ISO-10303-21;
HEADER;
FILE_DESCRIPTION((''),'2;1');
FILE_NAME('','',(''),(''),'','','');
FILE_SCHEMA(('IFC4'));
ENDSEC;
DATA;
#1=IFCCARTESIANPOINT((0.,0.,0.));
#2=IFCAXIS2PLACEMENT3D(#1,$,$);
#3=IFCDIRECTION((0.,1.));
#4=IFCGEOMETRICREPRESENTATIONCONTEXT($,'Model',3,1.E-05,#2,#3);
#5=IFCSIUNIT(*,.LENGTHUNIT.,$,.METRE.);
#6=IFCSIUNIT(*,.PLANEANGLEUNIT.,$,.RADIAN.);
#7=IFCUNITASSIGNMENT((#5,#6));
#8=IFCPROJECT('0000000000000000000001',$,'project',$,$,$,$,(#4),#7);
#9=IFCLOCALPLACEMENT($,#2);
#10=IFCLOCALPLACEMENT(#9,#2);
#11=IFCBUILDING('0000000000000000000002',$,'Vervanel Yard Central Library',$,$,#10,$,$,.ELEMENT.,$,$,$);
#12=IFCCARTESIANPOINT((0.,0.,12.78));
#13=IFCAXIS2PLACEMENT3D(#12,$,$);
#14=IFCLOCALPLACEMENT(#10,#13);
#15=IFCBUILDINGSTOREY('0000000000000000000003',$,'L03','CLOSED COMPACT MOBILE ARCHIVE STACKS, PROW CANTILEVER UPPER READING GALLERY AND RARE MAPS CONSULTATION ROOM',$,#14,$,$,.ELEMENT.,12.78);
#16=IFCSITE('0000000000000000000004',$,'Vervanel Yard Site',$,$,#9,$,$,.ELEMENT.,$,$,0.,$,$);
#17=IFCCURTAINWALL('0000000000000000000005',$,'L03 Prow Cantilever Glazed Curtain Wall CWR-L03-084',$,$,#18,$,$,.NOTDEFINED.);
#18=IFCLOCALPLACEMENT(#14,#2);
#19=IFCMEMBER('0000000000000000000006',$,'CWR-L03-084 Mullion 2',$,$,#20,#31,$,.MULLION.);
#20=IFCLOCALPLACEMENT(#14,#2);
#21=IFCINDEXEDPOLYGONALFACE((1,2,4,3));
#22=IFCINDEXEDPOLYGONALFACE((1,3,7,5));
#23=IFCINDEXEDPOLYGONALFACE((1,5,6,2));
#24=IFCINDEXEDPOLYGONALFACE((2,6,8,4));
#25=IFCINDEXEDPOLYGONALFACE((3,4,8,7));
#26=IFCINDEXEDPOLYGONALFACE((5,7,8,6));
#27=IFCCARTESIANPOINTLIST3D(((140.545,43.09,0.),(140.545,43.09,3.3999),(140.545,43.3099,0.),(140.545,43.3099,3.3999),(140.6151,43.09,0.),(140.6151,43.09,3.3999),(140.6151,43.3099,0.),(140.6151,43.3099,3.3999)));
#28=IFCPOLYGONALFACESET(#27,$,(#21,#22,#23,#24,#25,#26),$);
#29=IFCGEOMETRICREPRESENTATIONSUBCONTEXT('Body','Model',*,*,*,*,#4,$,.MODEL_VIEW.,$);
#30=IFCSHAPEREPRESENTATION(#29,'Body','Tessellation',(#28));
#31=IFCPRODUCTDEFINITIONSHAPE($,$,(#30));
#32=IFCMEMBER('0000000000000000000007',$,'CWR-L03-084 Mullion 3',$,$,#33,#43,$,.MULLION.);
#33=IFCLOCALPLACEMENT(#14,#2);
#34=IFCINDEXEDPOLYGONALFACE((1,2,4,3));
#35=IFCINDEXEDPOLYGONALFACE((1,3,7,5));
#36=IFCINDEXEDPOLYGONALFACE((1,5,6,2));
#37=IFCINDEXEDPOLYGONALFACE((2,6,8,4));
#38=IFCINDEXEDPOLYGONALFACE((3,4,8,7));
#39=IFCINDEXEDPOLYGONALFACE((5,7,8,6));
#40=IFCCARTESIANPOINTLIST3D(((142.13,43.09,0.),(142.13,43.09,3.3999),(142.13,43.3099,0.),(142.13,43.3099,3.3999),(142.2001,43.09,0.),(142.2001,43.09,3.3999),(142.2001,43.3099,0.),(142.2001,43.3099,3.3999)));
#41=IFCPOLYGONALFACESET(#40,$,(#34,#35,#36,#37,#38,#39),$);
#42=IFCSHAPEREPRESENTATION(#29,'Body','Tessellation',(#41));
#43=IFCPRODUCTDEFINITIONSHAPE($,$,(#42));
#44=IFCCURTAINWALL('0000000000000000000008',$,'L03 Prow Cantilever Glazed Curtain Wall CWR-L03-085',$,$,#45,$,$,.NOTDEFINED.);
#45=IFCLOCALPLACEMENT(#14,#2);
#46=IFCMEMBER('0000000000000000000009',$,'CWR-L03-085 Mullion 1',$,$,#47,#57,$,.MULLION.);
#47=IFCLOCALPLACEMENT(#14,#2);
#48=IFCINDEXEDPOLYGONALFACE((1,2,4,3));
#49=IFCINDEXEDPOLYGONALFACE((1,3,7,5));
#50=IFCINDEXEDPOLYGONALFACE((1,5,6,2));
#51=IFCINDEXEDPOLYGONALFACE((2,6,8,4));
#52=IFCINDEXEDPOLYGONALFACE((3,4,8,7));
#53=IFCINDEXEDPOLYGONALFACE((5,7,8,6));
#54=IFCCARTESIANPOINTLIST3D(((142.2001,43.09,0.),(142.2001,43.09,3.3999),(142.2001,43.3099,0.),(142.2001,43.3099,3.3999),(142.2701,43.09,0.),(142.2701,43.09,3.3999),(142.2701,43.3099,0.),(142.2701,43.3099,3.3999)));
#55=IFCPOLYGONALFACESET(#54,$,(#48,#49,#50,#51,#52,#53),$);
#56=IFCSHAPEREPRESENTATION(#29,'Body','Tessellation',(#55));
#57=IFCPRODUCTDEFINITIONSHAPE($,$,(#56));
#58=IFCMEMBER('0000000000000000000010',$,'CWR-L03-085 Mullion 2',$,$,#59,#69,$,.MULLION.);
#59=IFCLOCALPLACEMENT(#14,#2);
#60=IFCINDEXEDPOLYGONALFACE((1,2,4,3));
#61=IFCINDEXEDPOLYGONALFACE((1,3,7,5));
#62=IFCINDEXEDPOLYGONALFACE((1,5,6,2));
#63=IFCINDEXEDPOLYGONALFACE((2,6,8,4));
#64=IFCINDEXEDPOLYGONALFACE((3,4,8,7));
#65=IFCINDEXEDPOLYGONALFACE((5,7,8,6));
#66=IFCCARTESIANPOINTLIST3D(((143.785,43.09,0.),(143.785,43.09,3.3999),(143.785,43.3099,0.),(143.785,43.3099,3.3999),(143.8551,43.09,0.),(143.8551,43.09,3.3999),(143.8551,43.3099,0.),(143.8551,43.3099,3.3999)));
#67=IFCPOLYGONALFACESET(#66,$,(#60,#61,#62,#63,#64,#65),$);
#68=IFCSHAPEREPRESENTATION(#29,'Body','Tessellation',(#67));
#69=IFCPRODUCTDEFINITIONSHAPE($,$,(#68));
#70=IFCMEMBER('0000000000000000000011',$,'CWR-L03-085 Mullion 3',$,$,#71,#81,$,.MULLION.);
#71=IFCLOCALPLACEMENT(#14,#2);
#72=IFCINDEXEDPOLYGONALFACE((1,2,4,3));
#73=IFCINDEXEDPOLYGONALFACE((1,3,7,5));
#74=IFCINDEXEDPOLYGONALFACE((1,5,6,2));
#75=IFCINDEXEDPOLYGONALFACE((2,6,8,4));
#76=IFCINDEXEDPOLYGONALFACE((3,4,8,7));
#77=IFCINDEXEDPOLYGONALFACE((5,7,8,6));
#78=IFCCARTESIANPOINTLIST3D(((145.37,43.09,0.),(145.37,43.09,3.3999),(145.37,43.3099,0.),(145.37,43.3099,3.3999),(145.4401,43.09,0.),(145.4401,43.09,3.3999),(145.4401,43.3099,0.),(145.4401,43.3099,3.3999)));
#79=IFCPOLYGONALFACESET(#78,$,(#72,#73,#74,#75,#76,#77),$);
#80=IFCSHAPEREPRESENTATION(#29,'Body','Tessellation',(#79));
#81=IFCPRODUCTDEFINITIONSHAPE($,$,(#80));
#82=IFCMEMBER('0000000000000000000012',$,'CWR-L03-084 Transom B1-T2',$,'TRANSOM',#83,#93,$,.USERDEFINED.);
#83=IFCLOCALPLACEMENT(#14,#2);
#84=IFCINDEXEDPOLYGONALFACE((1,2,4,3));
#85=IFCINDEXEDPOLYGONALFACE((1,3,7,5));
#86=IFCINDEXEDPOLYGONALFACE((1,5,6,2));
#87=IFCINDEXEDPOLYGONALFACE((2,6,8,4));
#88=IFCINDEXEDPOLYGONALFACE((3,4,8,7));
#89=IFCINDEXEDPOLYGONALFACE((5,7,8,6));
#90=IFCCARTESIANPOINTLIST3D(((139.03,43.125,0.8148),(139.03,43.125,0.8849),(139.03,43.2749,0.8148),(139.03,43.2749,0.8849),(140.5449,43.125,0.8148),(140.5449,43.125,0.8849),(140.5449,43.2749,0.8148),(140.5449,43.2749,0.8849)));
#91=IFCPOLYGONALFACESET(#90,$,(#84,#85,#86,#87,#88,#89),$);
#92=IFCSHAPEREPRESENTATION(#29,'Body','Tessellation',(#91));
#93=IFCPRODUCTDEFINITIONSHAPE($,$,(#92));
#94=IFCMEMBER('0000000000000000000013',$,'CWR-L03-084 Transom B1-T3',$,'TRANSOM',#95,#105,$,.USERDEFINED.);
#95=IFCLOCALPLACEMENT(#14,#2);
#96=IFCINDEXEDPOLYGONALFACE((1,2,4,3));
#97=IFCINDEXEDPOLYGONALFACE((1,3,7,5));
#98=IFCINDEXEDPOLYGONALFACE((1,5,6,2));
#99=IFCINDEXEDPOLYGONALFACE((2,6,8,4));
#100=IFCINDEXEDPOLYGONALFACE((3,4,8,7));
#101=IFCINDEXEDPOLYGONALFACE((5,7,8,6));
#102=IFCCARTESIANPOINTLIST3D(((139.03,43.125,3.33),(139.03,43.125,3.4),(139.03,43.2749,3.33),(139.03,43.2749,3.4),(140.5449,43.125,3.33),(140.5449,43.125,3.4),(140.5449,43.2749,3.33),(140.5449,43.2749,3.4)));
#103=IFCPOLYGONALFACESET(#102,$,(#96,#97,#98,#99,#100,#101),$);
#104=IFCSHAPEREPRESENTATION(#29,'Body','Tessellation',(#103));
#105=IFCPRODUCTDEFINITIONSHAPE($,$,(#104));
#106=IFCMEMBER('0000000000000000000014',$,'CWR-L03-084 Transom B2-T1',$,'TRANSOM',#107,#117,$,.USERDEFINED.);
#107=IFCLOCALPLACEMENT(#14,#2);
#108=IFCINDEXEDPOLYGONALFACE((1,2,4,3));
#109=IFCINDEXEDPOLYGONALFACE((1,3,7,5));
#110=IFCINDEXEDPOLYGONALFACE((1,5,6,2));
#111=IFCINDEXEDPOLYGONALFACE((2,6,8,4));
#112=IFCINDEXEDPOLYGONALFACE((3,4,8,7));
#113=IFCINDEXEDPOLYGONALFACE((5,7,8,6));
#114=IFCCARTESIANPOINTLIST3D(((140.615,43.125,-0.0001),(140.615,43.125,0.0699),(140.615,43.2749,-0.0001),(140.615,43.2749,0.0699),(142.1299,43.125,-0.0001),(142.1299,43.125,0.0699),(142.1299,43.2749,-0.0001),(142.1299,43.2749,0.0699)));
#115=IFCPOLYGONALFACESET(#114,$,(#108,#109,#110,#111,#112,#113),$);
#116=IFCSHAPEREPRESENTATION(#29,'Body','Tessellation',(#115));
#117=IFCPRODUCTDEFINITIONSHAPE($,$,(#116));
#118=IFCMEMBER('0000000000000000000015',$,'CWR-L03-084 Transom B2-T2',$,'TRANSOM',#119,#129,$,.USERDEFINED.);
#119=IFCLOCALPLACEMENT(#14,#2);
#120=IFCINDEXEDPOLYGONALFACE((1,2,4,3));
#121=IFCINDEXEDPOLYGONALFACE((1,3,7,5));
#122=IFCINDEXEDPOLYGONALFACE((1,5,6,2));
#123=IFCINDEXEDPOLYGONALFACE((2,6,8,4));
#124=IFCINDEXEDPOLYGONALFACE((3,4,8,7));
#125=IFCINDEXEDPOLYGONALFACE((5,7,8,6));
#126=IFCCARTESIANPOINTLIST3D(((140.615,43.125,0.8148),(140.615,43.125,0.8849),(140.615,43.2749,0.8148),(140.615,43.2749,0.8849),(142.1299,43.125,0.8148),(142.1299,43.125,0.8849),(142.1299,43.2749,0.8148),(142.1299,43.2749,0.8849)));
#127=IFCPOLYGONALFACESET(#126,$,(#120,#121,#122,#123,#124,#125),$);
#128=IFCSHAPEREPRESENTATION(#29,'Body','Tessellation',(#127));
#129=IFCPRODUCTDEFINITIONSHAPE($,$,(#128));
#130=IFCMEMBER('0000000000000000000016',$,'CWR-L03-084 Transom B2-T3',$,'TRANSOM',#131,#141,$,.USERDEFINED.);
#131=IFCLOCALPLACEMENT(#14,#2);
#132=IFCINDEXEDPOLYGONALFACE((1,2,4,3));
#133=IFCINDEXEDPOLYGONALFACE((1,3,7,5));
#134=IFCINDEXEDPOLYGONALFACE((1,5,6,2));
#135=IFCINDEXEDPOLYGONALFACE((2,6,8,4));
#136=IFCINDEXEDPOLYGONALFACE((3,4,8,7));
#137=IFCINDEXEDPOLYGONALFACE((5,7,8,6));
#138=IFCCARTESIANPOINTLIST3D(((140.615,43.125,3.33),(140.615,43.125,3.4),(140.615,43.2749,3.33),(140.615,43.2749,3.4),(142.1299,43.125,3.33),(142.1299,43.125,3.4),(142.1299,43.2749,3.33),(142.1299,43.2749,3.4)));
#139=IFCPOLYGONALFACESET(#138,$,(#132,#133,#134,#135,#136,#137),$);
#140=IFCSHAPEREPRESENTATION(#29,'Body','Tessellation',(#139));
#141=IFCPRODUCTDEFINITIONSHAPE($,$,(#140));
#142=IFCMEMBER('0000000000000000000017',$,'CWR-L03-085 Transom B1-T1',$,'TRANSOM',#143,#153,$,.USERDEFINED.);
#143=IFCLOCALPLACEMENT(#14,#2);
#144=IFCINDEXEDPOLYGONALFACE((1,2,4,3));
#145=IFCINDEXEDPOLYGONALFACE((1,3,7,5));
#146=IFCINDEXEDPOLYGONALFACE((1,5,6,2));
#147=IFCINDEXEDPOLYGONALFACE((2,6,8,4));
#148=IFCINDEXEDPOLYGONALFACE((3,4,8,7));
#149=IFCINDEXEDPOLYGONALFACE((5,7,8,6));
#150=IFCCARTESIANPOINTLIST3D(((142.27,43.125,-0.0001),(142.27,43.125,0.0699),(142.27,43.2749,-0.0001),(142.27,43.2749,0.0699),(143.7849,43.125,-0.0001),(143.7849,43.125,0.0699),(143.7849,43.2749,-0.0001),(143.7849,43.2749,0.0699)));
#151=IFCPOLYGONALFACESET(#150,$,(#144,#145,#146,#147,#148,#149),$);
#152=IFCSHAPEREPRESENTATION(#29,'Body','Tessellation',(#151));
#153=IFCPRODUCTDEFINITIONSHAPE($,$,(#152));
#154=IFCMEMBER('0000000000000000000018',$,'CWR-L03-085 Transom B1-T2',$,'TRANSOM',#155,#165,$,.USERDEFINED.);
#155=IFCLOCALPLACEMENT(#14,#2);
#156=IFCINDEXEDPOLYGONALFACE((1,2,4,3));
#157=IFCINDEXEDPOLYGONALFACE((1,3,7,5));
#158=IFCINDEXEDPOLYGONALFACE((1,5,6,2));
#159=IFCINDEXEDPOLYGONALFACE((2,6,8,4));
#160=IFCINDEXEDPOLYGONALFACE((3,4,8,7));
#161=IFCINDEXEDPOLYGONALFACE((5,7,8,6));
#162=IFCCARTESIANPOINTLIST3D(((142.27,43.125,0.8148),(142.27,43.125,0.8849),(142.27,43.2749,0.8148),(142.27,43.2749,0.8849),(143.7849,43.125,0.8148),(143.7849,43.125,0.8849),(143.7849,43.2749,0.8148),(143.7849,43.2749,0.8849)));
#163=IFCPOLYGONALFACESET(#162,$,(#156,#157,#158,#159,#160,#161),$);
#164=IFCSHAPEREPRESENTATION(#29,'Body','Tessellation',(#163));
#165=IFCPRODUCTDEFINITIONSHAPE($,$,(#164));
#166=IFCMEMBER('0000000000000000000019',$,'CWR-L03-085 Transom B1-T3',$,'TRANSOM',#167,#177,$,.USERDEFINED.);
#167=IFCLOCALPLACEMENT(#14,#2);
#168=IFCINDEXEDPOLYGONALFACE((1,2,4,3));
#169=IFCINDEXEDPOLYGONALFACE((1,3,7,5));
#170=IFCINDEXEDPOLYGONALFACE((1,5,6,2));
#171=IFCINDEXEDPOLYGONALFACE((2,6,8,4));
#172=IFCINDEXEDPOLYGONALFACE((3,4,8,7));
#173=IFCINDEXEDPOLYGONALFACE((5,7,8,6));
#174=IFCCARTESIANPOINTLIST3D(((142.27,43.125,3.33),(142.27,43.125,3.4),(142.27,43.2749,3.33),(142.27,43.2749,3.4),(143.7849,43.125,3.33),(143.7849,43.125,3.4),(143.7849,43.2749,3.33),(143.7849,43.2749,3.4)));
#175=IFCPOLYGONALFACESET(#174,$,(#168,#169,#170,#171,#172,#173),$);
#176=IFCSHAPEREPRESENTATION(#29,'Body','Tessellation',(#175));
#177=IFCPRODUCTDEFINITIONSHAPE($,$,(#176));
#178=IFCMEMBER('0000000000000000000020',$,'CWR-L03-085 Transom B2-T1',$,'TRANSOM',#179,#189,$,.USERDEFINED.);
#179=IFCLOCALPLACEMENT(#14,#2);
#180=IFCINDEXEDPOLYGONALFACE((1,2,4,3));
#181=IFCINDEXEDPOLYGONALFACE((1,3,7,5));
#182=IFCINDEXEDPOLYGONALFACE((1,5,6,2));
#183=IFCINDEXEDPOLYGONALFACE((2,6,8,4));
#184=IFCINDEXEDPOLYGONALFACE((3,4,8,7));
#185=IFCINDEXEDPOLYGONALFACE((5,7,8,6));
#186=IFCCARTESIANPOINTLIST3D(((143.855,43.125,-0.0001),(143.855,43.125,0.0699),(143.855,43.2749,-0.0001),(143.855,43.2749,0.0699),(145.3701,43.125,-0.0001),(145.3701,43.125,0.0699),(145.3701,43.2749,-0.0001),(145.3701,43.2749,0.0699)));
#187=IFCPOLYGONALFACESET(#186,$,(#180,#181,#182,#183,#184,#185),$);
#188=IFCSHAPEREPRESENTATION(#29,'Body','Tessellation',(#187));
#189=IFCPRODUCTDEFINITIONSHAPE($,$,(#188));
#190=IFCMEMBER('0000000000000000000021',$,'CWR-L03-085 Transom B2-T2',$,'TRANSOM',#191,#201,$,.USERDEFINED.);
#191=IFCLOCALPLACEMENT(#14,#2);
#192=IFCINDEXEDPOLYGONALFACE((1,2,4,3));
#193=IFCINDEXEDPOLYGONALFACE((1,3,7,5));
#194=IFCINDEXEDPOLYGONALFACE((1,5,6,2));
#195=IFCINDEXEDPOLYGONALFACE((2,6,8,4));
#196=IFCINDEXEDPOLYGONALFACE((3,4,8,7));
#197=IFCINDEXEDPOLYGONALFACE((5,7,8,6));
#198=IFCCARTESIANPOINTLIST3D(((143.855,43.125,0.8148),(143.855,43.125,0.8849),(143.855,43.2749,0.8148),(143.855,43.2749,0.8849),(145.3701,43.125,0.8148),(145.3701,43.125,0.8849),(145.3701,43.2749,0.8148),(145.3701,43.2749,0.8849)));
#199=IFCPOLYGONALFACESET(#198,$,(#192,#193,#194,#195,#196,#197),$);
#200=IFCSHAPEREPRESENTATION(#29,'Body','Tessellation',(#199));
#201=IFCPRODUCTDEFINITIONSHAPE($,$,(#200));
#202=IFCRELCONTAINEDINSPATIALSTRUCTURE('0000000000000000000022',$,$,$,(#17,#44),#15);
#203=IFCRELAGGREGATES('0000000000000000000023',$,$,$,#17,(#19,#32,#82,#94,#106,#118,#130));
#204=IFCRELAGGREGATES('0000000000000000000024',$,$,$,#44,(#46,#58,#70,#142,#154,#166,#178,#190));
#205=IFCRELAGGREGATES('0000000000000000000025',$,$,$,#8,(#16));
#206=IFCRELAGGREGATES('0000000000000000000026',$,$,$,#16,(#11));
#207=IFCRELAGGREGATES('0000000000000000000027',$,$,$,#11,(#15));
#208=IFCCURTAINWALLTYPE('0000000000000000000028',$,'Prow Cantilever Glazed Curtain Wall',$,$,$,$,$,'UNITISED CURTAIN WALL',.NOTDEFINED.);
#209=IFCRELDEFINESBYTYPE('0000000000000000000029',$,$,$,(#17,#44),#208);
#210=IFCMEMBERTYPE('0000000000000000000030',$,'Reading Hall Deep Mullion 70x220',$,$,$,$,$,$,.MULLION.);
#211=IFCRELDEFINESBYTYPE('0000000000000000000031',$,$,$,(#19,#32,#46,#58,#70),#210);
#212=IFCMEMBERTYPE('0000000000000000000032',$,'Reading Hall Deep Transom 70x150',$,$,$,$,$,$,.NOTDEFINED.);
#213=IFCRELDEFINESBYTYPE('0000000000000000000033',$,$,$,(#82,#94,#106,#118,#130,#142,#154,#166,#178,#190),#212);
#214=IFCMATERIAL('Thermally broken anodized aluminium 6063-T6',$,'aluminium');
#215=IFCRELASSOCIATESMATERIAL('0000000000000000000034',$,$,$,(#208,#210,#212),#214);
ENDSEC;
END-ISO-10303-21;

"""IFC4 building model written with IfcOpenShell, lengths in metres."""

from ifc_helpers import new_model, si_unit, direction, frame, origin, origin_2d, place, context, subcontext, project, spatial, rectangle, extrude, material, material_profile, profile_set, type_object, element, aggregate, save


model = new_model("IFC4")

# Units and contexts
model_context = context("Model", 3, precision=1e-05, world=origin(), true_north=direction((0.0, 1.0)))
body_context = subcontext(model_context, "Body", "Model", "MODEL_VIEW")
ifc_project = project(units=[si_unit("LENGTHUNIT", "METRE"), si_unit("PLANEANGLEUNIT", "RADIAN")], contexts=[model_context])

# Site, building, storey
site_placement = place(None, origin())
site = spatial("IfcSite", under=ifc_project, at=site_placement, Name="Vervanel Yard Site", CompositionType="ELEMENT", RefElevation=0.0)
building_placement = place(site_placement, origin())
building = spatial("IfcBuilding", under=site, at=building_placement, Name="Vervanel Yard Central Library", CompositionType="ELEMENT")
storey_placement = place(building_placement, frame((0.0, 0.0, 12.78)))
storey = spatial("IfcBuildingStorey", under=building, at=storey_placement, Name="L03", Description="CLOSED COMPACT MOBILE ARCHIVE STACKS, PROW CANTILEVER UPPER READING GALLERY AND RARE MAPS CONSULTATION ROOM", CompositionType="ELEMENT", Elevation=12.78)

# Curtain walls, members
ifc_material_1 = material(Name="Thermally broken anodized aluminium 6063-T6", Category="aluminium")
curtain_wall_type = type_object("IfcCurtainWallType", Name="Prow Cantilever Glazed Curtain Wall", ElementType="UNITISED CURTAIN WALL", PredefinedType="NOTDEFINED", material=ifc_material_1)
curtain_wall_1_placement = place(storey_placement, origin())
curtain_wall_1 = element("IfcCurtainWall", 1, at=curtain_wall_1_placement, inside=storey, type_object=curtain_wall_type, Name="L03 Prow Cantilever Glazed Curtain Wall CWR-L03-084", PredefinedType="NOTDEFINED")
ifc_material_profile_1 = material_profile(ifc_material_1, rectangle(XDim=0.0701, YDim=0.22, at=origin_2d()), Name="ALU 70x220", Category="aluminium")
ifc_profile_set_1 = profile_set([ifc_material_profile_1], Name="Thermally broken anodized aluminium 6063-T6")
member_type_1 = type_object("IfcMemberType", Name="Reading Hall Deep Mullion 70x220", PredefinedType="MULLION", material=ifc_profile_set_1)
member_1_placement = place(storey_placement, frame((140.5801, 43.2, 0.0), z_axis=(0.0, 0.0, 1.0), x_axis=(1.0, 0.0, 0.0)))
member_1 = element("IfcMember", 2, at=member_1_placement, type_object=member_type_1, Name="CWR-L03-084 Mullion 2", PredefinedType="MULLION", context=body_context, shape_type="SweptSolid", body=[
    extrude(rectangle(XDim=0.0701, YDim=0.22, at=origin_2d()), origin(), (0.0, 0.0, 1.0), 3.3999),
])
member_2_placement = place(storey_placement, frame((142.165, 43.2, 0.0), z_axis=(0.0, 0.0, 1.0), x_axis=(1.0, 0.0, 0.0)))
member_2 = element("IfcMember", 3, at=member_2_placement, type_object=member_type_1, Name="CWR-L03-084 Mullion 3", PredefinedType="MULLION", context=body_context, shape_type="SweptSolid", body=[
    extrude(rectangle(XDim=0.0701, YDim=0.22, at=origin_2d()), origin(), (0.0, 0.0, 1.0), 3.3999),
])
curtain_wall_2_placement = place(storey_placement, origin())
curtain_wall_2 = element("IfcCurtainWall", 4, at=curtain_wall_2_placement, inside=storey, type_object=curtain_wall_type, Name="L03 Prow Cantilever Glazed Curtain Wall CWR-L03-085", PredefinedType="NOTDEFINED")
member_3_placement = place(storey_placement, frame((142.2351, 43.2, 0.0), z_axis=(0.0, 0.0, 1.0), x_axis=(1.0, 0.0, 0.0)))
member_3 = element("IfcMember", 5, at=member_3_placement, type_object=member_type_1, Name="CWR-L03-085 Mullion 1", PredefinedType="MULLION", context=body_context, shape_type="SweptSolid", body=[
    extrude(rectangle(XDim=0.0701, YDim=0.22, at=origin_2d()), origin(), (0.0, 0.0, 1.0), 3.3999),
])
member_4_placement = place(storey_placement, frame((143.8201, 43.2, 0.0), z_axis=(0.0, 0.0, 1.0), x_axis=(1.0, 0.0, 0.0)))
member_4 = element("IfcMember", 6, at=member_4_placement, type_object=member_type_1, Name="CWR-L03-085 Mullion 2", PredefinedType="MULLION", context=body_context, shape_type="SweptSolid", body=[
    extrude(rectangle(XDim=0.0701, YDim=0.22, at=origin_2d()), origin(), (0.0, 0.0, 1.0), 3.3999),
])
member_5_placement = place(storey_placement, frame((145.405, 43.2, 0.0), z_axis=(0.0, 0.0, 1.0), x_axis=(1.0, 0.0, 0.0)))
member_5 = element("IfcMember", 7, at=member_5_placement, type_object=member_type_1, Name="CWR-L03-085 Mullion 3", PredefinedType="MULLION", context=body_context, shape_type="SweptSolid", body=[
    extrude(rectangle(XDim=0.0701, YDim=0.22, at=origin_2d()), origin(), (0.0, 0.0, 1.0), 3.3999),
])

# Members
ifc_material_profile_2 = material_profile(ifc_material_1, rectangle(XDim=0.0701, YDim=0.1499, at=origin_2d()), Name="ALU 70x150", Category="aluminium")
ifc_profile_set_2 = profile_set([ifc_material_profile_2], Name="Thermally broken anodized aluminium 6063-T6")
member_type_2 = type_object("IfcMemberType", Name="Reading Hall Deep Transom 70x150", PredefinedType="NOTDEFINED", material=ifc_profile_set_2)
member_6_placement = place(storey_placement, frame((139.03, 43.2, 0.8499), z_axis=(1.0, 0.0, 0.0), x_axis=(0.0, 0.0, 1.0)))
member_6 = element("IfcMember", 8, at=member_6_placement, type_object=member_type_2, Name="CWR-L03-084 Transom B1-T2", ObjectType="TRANSOM", PredefinedType="USERDEFINED", context=body_context, shape_type="SweptSolid", body=[
    extrude(rectangle(XDim=0.0701, YDim=0.1499, at=origin_2d()), origin(), (0.0, 0.0, 1.0), 1.5149),
])
member_7_placement = place(storey_placement, frame((139.03, 43.2, 3.365), z_axis=(1.0, 0.0, 0.0), x_axis=(0.0, 0.0, 1.0)))
member_7 = element("IfcMember", 9, at=member_7_placement, type_object=member_type_2, Name="CWR-L03-084 Transom B1-T3", ObjectType="TRANSOM", PredefinedType="USERDEFINED", context=body_context, shape_type="SweptSolid", body=[
    extrude(rectangle(XDim=0.0701, YDim=0.1499, at=origin_2d()), origin(), (0.0, 0.0, 1.0), 1.5149),
])
member_8_placement = place(storey_placement, frame((140.615, 43.2, 0.0349), z_axis=(1.0, 0.0, 0.0), x_axis=(0.0, 0.0, 1.0)))
member_8 = element("IfcMember", 10, at=member_8_placement, type_object=member_type_2, Name="CWR-L03-084 Transom B2-T1", ObjectType="TRANSOM", PredefinedType="USERDEFINED", context=body_context, shape_type="SweptSolid", body=[
    extrude(rectangle(XDim=0.0701, YDim=0.1499, at=origin_2d()), origin(), (0.0, 0.0, 1.0), 1.5149),
])
member_9_placement = place(storey_placement, frame((140.615, 43.2, 0.8499), z_axis=(1.0, 0.0, 0.0), x_axis=(0.0, 0.0, 1.0)))
member_9 = element("IfcMember", 11, at=member_9_placement, type_object=member_type_2, Name="CWR-L03-084 Transom B2-T2", ObjectType="TRANSOM", PredefinedType="USERDEFINED", context=body_context, shape_type="SweptSolid", body=[
    extrude(rectangle(XDim=0.0701, YDim=0.1499, at=origin_2d()), origin(), (0.0, 0.0, 1.0), 1.5149),
])
member_10_placement = place(storey_placement, frame((140.615, 43.2, 3.365), z_axis=(1.0, 0.0, 0.0), x_axis=(0.0, 0.0, 1.0)))
member_10 = element("IfcMember", 12, at=member_10_placement, type_object=member_type_2, Name="CWR-L03-084 Transom B2-T3", ObjectType="TRANSOM", PredefinedType="USERDEFINED", context=body_context, shape_type="SweptSolid", body=[
    extrude(rectangle(XDim=0.0701, YDim=0.1499, at=origin_2d()), origin(), (0.0, 0.0, 1.0), 1.5149),
])
member_11_placement = place(storey_placement, frame((142.27, 43.2, 0.0349), z_axis=(1.0, 0.0, 0.0), x_axis=(0.0, 0.0, 1.0)))
member_11 = element("IfcMember", 13, at=member_11_placement, type_object=member_type_2, Name="CWR-L03-085 Transom B1-T1", ObjectType="TRANSOM", PredefinedType="USERDEFINED", context=body_context, shape_type="SweptSolid", body=[
    extrude(rectangle(XDim=0.0701, YDim=0.1499, at=origin_2d()), origin(), (0.0, 0.0, 1.0), 1.5149),
])
member_12_placement = place(storey_placement, frame((142.27, 43.2, 0.8499), z_axis=(1.0, 0.0, 0.0), x_axis=(0.0, 0.0, 1.0)))
member_12 = element("IfcMember", 14, at=member_12_placement, type_object=member_type_2, Name="CWR-L03-085 Transom B1-T2", ObjectType="TRANSOM", PredefinedType="USERDEFINED", context=body_context, shape_type="SweptSolid", body=[
    extrude(rectangle(XDim=0.0701, YDim=0.1499, at=origin_2d()), origin(), (0.0, 0.0, 1.0), 1.5149),
])
member_13_placement = place(storey_placement, frame((142.27, 43.2, 3.365), z_axis=(1.0, 0.0, 0.0), x_axis=(0.0, 0.0, 1.0)))
member_13 = element("IfcMember", 15, at=member_13_placement, type_object=member_type_2, Name="CWR-L03-085 Transom B1-T3", ObjectType="TRANSOM", PredefinedType="USERDEFINED", context=body_context, shape_type="SweptSolid", body=[
    extrude(rectangle(XDim=0.0701, YDim=0.1499, at=origin_2d()), origin(), (0.0, 0.0, 1.0), 1.5149),
])
member_14_placement = place(storey_placement, frame((143.855, 43.2, 0.0349), z_axis=(1.0, 0.0, 0.0), x_axis=(0.0, 0.0, 1.0)))
member_14 = element("IfcMember", 16, at=member_14_placement, type_object=member_type_2, Name="CWR-L03-085 Transom B2-T1", ObjectType="TRANSOM", PredefinedType="USERDEFINED", context=body_context, shape_type="SweptSolid", body=[
    extrude(rectangle(XDim=0.0701, YDim=0.1499, at=origin_2d()), origin(), (0.0, 0.0, 1.0), 1.5151),
])
member_15_placement = place(storey_placement, frame((143.855, 43.2, 0.8499), z_axis=(1.0, 0.0, 0.0), x_axis=(0.0, 0.0, 1.0)))
member_15 = element("IfcMember", 17, at=member_15_placement, type_object=member_type_2, Name="CWR-L03-085 Transom B2-T2", ObjectType="TRANSOM", PredefinedType="USERDEFINED", context=body_context, shape_type="SweptSolid", body=[
    extrude(rectangle(XDim=0.0701, YDim=0.1499, at=origin_2d()), origin(), (0.0, 0.0, 1.0), 1.5151),
])

aggregate(curtain_wall_1, [member_1, member_2, member_6, member_7, member_8, member_9, member_10])
aggregate(curtain_wall_2, [member_3, member_4, member_5, member_11, member_12, member_13, member_14, member_15])

save(model, "model.ifc")
